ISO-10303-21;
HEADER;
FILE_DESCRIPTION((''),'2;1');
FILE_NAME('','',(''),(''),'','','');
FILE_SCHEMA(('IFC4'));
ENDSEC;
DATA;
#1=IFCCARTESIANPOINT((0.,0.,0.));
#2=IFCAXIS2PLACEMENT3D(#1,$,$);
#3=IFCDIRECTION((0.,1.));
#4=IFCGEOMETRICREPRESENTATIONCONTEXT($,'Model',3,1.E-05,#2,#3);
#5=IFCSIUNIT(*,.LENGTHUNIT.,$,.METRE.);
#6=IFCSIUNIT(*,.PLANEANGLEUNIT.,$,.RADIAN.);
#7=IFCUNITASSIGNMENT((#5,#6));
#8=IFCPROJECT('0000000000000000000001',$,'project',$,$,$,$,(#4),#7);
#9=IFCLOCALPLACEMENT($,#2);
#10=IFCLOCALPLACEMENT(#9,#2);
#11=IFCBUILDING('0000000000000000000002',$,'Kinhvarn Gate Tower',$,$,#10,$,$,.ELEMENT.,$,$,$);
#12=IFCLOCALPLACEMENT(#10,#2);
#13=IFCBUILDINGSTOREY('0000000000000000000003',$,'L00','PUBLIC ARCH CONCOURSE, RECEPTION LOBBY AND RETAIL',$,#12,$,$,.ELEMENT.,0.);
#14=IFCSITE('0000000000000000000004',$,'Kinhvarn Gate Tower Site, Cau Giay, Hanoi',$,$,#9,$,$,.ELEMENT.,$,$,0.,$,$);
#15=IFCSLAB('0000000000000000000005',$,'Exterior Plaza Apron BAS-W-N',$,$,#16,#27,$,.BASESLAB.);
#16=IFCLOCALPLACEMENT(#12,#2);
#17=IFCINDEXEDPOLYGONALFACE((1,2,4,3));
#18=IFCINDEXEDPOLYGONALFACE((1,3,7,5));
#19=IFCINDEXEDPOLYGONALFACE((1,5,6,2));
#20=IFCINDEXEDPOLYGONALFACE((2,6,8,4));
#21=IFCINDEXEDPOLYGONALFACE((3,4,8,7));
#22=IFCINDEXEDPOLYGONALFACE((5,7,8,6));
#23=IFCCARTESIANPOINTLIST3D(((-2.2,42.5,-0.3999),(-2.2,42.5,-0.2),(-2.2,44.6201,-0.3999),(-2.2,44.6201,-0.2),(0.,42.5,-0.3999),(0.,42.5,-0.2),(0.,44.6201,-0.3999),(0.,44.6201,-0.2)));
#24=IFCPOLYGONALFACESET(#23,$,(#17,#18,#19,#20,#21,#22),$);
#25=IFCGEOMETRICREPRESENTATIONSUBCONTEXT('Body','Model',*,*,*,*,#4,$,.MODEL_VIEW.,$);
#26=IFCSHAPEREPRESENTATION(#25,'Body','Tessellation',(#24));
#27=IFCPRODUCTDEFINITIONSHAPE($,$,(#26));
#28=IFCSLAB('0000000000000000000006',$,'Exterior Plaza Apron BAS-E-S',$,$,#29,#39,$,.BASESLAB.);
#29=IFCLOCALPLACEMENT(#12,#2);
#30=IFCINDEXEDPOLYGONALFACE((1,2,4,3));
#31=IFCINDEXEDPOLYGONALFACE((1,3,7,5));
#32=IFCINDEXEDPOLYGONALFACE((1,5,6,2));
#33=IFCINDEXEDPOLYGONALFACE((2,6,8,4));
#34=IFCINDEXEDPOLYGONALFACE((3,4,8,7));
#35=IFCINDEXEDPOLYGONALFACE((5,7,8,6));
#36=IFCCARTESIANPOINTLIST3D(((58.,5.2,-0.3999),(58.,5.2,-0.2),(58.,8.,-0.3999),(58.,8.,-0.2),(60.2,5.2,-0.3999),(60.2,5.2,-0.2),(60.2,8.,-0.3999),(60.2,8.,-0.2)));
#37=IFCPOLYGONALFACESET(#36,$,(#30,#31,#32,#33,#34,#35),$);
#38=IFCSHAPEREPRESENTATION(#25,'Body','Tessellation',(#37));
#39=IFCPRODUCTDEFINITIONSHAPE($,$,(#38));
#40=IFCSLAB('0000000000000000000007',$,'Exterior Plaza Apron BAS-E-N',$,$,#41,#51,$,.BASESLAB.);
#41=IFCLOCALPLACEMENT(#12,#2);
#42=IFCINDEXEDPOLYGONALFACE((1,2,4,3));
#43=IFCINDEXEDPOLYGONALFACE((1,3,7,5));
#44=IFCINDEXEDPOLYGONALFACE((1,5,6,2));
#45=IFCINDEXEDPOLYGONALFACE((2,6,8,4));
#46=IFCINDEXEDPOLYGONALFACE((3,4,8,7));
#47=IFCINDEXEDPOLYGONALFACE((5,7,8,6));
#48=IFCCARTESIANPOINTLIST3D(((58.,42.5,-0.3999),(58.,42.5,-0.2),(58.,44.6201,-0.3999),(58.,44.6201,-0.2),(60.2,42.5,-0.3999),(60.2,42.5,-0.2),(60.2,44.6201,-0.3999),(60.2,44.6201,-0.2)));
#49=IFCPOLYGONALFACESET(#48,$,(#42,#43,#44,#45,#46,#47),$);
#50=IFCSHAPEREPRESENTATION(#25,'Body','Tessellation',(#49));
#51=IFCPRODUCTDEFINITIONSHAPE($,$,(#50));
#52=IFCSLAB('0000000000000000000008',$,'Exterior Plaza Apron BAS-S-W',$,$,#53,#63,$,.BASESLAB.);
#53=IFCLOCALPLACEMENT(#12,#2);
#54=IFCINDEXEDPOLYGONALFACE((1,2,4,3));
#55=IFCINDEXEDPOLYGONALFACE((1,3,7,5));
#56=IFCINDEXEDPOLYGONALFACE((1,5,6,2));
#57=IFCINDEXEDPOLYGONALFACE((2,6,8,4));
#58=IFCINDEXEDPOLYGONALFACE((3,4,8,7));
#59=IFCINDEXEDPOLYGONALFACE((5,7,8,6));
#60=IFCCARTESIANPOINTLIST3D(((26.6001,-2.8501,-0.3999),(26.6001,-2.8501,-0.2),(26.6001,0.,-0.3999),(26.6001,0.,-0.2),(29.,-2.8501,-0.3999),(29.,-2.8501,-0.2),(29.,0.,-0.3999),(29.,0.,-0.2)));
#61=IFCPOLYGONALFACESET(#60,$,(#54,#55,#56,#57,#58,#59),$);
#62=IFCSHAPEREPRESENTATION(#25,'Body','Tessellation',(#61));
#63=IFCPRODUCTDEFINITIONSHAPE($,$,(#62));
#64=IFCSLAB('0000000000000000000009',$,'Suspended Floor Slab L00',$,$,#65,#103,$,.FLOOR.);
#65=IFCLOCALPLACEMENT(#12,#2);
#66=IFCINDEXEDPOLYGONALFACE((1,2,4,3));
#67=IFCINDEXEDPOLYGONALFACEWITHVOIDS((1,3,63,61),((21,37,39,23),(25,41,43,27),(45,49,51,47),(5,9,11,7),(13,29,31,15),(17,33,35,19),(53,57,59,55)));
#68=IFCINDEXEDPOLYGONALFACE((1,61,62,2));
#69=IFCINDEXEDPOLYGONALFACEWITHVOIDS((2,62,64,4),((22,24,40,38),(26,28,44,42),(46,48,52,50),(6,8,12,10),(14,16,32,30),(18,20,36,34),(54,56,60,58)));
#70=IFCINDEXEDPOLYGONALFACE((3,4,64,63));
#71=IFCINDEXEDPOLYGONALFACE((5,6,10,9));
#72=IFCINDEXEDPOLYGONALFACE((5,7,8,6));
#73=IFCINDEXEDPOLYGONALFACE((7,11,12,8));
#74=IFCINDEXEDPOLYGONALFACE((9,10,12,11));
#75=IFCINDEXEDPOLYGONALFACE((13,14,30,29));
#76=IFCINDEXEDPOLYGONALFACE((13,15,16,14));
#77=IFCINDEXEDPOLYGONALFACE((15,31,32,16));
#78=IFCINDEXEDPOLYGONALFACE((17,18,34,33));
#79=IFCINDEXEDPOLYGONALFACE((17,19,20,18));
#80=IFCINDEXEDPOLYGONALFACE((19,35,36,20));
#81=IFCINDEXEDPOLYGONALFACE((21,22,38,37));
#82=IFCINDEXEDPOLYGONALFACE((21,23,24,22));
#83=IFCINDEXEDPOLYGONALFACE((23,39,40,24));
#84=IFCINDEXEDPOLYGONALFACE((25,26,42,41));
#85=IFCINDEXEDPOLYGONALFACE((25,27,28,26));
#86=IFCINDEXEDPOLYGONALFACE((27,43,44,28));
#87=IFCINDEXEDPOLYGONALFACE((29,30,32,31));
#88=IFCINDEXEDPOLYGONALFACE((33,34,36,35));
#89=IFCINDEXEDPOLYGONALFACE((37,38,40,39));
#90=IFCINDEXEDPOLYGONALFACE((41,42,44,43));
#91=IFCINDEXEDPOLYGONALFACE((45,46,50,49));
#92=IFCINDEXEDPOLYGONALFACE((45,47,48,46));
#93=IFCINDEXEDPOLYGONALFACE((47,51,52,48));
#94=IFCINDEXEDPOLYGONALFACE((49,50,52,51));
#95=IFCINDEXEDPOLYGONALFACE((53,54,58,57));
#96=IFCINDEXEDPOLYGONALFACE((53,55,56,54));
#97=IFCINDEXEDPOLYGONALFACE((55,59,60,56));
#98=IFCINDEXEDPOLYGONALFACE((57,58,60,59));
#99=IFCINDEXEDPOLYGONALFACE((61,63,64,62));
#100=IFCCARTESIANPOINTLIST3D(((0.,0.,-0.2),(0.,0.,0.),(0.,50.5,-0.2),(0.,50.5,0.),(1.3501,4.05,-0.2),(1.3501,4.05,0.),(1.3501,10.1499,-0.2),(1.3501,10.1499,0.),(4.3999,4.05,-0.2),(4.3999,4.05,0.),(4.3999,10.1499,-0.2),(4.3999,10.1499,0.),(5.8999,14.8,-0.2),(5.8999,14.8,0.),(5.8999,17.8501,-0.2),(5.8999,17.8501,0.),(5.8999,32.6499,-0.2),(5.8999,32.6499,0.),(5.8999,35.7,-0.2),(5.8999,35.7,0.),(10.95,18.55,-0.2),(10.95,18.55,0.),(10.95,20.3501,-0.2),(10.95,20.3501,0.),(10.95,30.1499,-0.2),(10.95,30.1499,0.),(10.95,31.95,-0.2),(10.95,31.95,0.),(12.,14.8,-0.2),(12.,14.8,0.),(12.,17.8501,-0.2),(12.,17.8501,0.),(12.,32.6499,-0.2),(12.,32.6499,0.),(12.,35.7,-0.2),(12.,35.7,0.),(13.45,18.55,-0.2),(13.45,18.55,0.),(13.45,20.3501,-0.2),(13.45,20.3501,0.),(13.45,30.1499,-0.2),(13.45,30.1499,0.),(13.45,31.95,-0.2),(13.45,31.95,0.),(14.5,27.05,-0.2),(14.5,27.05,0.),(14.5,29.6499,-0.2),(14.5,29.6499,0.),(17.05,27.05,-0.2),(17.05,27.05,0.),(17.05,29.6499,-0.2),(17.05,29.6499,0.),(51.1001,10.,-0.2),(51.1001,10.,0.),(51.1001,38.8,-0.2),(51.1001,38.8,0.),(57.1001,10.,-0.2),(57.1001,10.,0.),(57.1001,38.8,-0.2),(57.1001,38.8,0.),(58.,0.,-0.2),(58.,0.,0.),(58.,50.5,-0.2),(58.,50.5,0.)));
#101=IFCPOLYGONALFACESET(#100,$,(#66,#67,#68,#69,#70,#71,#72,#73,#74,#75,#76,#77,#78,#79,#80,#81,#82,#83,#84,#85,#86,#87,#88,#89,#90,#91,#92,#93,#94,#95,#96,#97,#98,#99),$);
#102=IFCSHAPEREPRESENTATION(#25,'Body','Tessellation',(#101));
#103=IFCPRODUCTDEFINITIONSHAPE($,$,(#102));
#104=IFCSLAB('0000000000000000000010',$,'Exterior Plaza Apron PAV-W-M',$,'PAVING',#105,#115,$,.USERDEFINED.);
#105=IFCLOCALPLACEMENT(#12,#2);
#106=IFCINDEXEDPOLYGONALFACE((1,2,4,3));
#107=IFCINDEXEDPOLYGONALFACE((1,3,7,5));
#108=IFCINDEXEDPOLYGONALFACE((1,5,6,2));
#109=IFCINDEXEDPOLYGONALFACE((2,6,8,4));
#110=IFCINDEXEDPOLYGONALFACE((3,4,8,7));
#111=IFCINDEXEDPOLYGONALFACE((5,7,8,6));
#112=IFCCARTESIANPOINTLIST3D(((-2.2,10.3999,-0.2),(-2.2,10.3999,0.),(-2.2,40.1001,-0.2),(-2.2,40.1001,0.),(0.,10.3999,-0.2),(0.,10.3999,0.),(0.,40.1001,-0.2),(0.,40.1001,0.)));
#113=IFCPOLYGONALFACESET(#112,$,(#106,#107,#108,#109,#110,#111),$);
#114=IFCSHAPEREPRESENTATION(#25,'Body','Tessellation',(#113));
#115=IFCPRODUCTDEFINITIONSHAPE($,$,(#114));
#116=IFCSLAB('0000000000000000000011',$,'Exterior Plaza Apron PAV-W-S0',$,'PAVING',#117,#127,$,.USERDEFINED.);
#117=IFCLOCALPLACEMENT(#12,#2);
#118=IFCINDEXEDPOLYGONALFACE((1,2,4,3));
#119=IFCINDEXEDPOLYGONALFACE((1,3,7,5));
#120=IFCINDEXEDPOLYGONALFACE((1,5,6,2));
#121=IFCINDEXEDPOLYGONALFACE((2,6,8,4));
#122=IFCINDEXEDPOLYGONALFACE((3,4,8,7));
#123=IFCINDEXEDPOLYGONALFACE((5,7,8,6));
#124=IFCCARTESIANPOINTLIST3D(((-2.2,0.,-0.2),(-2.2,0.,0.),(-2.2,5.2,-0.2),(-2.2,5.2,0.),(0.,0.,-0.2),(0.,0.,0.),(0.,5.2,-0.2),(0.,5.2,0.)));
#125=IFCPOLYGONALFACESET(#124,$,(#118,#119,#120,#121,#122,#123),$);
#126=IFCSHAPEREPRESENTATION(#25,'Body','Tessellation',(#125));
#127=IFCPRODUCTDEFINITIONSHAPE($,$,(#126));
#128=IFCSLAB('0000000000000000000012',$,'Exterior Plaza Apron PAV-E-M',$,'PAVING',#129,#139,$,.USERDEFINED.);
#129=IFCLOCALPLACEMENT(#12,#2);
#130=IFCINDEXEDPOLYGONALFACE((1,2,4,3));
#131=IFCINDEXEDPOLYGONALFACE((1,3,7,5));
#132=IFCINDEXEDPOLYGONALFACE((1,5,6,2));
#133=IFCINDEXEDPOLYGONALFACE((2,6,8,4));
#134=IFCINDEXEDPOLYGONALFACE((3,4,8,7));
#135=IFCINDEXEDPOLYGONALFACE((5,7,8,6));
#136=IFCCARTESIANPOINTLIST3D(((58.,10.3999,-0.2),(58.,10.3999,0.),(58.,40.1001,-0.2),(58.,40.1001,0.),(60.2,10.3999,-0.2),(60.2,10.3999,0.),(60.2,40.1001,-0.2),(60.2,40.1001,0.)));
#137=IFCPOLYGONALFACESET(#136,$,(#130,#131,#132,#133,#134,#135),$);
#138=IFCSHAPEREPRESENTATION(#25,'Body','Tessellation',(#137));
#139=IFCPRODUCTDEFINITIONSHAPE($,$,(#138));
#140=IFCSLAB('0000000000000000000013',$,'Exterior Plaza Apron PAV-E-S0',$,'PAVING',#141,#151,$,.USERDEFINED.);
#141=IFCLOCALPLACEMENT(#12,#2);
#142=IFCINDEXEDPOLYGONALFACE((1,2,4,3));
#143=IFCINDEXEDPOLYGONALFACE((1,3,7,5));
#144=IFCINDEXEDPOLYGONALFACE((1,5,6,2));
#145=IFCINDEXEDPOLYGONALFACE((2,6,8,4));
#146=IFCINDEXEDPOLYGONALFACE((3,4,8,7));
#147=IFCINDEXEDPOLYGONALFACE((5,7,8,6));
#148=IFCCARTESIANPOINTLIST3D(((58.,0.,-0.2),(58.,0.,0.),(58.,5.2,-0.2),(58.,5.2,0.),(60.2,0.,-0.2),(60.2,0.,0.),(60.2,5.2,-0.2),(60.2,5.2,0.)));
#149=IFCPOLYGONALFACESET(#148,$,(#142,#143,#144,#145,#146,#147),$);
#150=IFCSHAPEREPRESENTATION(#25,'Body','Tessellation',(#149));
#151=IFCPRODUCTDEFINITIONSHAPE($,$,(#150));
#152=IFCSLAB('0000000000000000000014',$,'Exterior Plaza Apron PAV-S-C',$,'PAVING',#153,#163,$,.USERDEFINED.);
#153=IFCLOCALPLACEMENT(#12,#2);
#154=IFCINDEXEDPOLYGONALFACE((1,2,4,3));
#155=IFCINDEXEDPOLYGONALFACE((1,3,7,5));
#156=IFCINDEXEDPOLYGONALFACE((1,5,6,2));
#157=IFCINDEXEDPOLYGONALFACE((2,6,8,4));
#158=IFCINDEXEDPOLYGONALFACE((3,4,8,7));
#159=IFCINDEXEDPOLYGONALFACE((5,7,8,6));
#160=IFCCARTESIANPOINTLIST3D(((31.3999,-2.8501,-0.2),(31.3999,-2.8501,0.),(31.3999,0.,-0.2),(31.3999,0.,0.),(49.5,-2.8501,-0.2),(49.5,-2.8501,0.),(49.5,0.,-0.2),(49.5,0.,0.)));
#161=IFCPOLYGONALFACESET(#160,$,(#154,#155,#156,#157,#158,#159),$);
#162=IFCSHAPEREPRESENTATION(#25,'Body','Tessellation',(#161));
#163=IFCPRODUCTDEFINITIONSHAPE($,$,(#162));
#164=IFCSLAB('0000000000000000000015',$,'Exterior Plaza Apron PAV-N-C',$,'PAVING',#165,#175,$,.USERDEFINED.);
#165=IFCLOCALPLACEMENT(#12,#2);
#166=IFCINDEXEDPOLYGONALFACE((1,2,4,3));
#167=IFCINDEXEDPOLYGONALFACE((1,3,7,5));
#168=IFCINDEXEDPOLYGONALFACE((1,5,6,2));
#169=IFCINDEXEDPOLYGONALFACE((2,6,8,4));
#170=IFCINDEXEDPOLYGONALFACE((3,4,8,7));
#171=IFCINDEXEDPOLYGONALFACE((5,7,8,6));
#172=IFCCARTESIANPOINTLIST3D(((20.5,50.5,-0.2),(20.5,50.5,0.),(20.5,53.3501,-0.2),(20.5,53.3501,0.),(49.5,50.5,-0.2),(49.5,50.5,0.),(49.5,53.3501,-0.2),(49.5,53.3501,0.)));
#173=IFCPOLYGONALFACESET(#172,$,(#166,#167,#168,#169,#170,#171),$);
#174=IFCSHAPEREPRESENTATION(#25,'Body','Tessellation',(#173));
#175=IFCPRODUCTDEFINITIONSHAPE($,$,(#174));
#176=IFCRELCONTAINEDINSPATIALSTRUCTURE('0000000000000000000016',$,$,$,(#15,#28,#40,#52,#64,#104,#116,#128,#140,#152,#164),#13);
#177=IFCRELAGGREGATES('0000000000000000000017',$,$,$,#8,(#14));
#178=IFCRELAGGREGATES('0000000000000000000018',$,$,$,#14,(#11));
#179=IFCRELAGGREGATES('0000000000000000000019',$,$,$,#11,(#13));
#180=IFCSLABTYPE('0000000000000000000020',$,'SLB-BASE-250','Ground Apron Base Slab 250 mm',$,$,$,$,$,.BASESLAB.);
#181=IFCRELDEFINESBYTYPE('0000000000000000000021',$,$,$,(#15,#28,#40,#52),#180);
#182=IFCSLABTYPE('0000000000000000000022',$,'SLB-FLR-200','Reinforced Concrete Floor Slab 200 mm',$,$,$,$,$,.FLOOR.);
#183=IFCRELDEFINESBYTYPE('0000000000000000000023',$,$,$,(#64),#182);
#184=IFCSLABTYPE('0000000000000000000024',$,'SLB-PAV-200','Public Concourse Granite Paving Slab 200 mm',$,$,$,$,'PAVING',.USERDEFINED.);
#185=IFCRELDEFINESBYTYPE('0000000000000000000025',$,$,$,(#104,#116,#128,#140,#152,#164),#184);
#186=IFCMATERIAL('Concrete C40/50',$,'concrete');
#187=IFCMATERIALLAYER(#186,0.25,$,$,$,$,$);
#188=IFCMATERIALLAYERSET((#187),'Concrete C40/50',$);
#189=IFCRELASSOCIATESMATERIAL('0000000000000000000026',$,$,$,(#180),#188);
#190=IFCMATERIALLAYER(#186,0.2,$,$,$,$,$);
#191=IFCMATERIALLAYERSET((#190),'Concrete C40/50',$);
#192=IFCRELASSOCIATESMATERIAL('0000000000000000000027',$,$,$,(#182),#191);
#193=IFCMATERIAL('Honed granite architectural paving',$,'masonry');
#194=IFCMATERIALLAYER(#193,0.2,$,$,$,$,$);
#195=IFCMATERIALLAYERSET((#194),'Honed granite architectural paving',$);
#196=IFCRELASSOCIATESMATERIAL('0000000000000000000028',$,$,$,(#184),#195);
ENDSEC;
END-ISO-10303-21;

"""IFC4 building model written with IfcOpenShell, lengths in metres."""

from ifc_helpers import new_model, si_unit, direction, frame, origin, place, context, subcontext, project, spatial, polyline, outline, extrude, material, layer, layer_set, type_object, element, save


model = new_model("IFC4")

# Units and contexts
model_context = context("Model", 3, precision=1e-05, world=origin(), true_north=direction((0.0, 1.0)))
body_context = subcontext(model_context, "Body", "Model", "MODEL_VIEW")
ifc_project = project(units=[si_unit("LENGTHUNIT", "METRE"), si_unit("PLANEANGLEUNIT", "RADIAN")], contexts=[model_context])

# Site, building, storey
site_placement = place(None, origin())
site = spatial("IfcSite", under=ifc_project, at=site_placement, Name="Kinhvarn Gate Tower Site, Cau Giay, Hanoi", CompositionType="ELEMENT", RefElevation=0.0)
building_placement = place(site_placement, origin())
building = spatial("IfcBuilding", under=site, at=building_placement, Name="Kinhvarn Gate Tower", CompositionType="ELEMENT")
storey_placement = place(building_placement, origin())
storey = spatial("IfcBuildingStorey", under=building, at=storey_placement, Name="L00", Description="PUBLIC ARCH CONCOURSE, RECEPTION LOBBY AND RETAIL", CompositionType="ELEMENT", Elevation=0.0)

# Slabs
ifc_material_1 = material(Name="Concrete C40/50", Category="concrete")
ifc_layer_1 = layer(ifc_material_1, 0.25)
ifc_layer_set_1 = layer_set([ifc_layer_1], Name="Concrete C40/50")
slab_type_1 = type_object("IfcSlabType", Name="SLB-BASE-250", Description="Ground Apron Base Slab 250 mm", PredefinedType="BASESLAB", material=ifc_layer_set_1)
slab_1_placement = place(storey_placement, frame((0.0, 0.0, -0.3999)))
element("IfcSlab", 1, at=slab_1_placement, inside=storey, type_object=slab_type_1, Name="Exterior Plaza Apron BAS-W-N", PredefinedType="BASESLAB", context=body_context, shape_type="SweptSolid", body=[
    extrude(outline(polyline([(-2.2, 42.5), (0.0, 42.5), (0.0, 44.6201), (-2.2, 44.6201), (-2.2, 42.5)])), origin(), (0.0, 0.0, 1.0), 0.2),
])
slab_2_placement = place(storey_placement, frame((0.0, 0.0, -0.3999)))
element("IfcSlab", 2, at=slab_2_placement, inside=storey, type_object=slab_type_1, Name="Exterior Plaza Apron BAS-E-S", PredefinedType="BASESLAB", context=body_context, shape_type="SweptSolid", body=[
    extrude(outline(polyline([(58.0, 5.2), (60.2, 5.2), (60.2, 8.0), (58.0, 8.0), (58.0, 5.2)])), origin(), (0.0, 0.0, 1.0), 0.2),
])
slab_3_placement = place(storey_placement, frame((0.0, 0.0, -0.3999)))
element("IfcSlab", 3, at=slab_3_placement, inside=storey, type_object=slab_type_1, Name="Exterior Plaza Apron BAS-E-N", PredefinedType="BASESLAB", context=body_context, shape_type="SweptSolid", body=[
    extrude(outline(polyline([(58.0, 42.5), (60.2, 42.5), (60.2, 44.6201), (58.0, 44.6201), (58.0, 42.5)])), origin(), (0.0, 0.0, 1.0), 0.2),
])
slab_4_placement = place(storey_placement, frame((0.0, 0.0, -0.3999)))
element("IfcSlab", 4, at=slab_4_placement, inside=storey, type_object=slab_type_1, Name="Exterior Plaza Apron BAS-S-W", PredefinedType="BASESLAB", context=body_context, shape_type="SweptSolid", body=[
    extrude(outline(polyline([(26.6001, -2.8501), (29.0, -2.8501), (29.0, 0.0), (26.6001, 0.0), (26.6001, -2.8501)])), origin(), (0.0, 0.0, 1.0), 0.2),
])
ifc_layer_2 = layer(ifc_material_1, 0.2)
ifc_layer_set_2 = layer_set([ifc_layer_2], Name="Concrete C40/50")
slab_type_2 = type_object("IfcSlabType", Name="SLB-FLR-200", Description="Reinforced Concrete Floor Slab 200 mm", PredefinedType="FLOOR", material=ifc_layer_set_2)
slab_5_placement = place(storey_placement, frame((0.0, 0.0, -0.2)))
element("IfcSlab", 5, at=slab_5_placement, inside=storey, type_object=slab_type_2, Name="Suspended Floor Slab L00", PredefinedType="FLOOR", context=body_context, shape_type="SweptSolid", body=[
    extrude(outline(polyline([(0.0, 0.0), (58.0, 0.0), (58.0, 50.5), (0.0, 50.5), (0.0, 0.0)]), holes=[polyline([(5.8999, 14.8), (12.0, 14.8), (12.0, 17.8501), (5.8999, 17.8501), (5.8999, 14.8)]), polyline([(5.8999, 32.6499), (12.0, 32.6499), (12.0, 35.7), (5.8999, 35.7), (5.8999, 32.6499)]), polyline([(1.3501, 4.05), (4.3999, 4.05), (4.3999, 10.1499), (1.3501, 10.1499), (1.3501, 4.05)]), polyline([(14.5, 27.05), (17.05, 27.05), (17.05, 29.6499), (14.5, 29.6499), (14.5, 27.05)]), polyline([(10.95, 18.55), (13.45, 18.55), (13.45, 20.3501), (10.95, 20.3501), (10.95, 18.55)]), polyline([(10.95, 30.1499), (13.45, 30.1499), (13.45, 31.95), (10.95, 31.95), (10.95, 30.1499)]), polyline([(51.1001, 10.0), (57.1001, 10.0), (57.1001, 38.8), (51.1001, 38.8), (51.1001, 10.0)])]), origin(), (0.0, 0.0, 1.0), 0.2),
])
ifc_material_2 = material(Name="Honed granite architectural paving", Category="masonry")
ifc_layer_3 = layer(ifc_material_2, 0.2)
ifc_layer_set_3 = layer_set([ifc_layer_3], Name="Honed granite architectural paving")
slab_type_3 = type_object("IfcSlabType", Name="SLB-PAV-200", Description="Public Concourse Granite Paving Slab 200 mm", ElementType="PAVING", PredefinedType="USERDEFINED", material=ifc_layer_set_3)
slab_6_placement = place(storey_placement, frame((0.0, 0.0, -0.2)))
element("IfcSlab", 6, at=slab_6_placement, inside=storey, type_object=slab_type_3, Name="Exterior Plaza Apron PAV-W-M", ObjectType="PAVING", PredefinedType="USERDEFINED", context=body_context, shape_type="SweptSolid", body=[
    extrude(outline(polyline([(-2.2, 10.3999), (0.0, 10.3999), (0.0, 40.1001), (-2.2, 40.1001), (-2.2, 10.3999)])), origin(), (0.0, 0.0, 1.0), 0.2),
])
slab_7_placement = place(storey_placement, frame((0.0, 0.0, -0.2)))
element("IfcSlab", 7, at=slab_7_placement, inside=storey, type_object=slab_type_3, Name="Exterior Plaza Apron PAV-W-S0", ObjectType="PAVING", PredefinedType="USERDEFINED", context=body_context, shape_type="SweptSolid", body=[
    extrude(outline(polyline([(-2.2, 0.0), (0.0, 0.0), (0.0, 5.2), (-2.2, 5.2), (-2.2, 0.0)])), origin(), (0.0, 0.0, 1.0), 0.2),
])
slab_8_placement = place(storey_placement, frame((0.0, 0.0, -0.2)))
element("IfcSlab", 8, at=slab_8_placement, inside=storey, type_object=slab_type_3, Name="Exterior Plaza Apron PAV-E-M", ObjectType="PAVING", PredefinedType="USERDEFINED", context=body_context, shape_type="SweptSolid", body=[
    extrude(outline(polyline([(58.0, 10.3999), (60.2, 10.3999), (60.2, 40.1001), (58.0, 40.1001), (58.0, 10.3999)])), origin(), (0.0, 0.0, 1.0), 0.2),
])
slab_9_placement = place(storey_placement, frame((0.0, 0.0, -0.2)))
element("IfcSlab", 9, at=slab_9_placement, inside=storey, type_object=slab_type_3, Name="Exterior Plaza Apron PAV-E-S0", ObjectType="PAVING", PredefinedType="USERDEFINED", context=body_context, shape_type="SweptSolid", body=[
    extrude(outline(polyline([(58.0, 0.0), (60.2, 0.0), (60.2, 5.2), (58.0, 5.2), (58.0, 0.0)])), origin(), (0.0, 0.0, 1.0), 0.2),
])
slab_10_placement = place(storey_placement, frame((0.0, 0.0, -0.2)))
element("IfcSlab", 10, at=slab_10_placement, inside=storey, type_object=slab_type_3, Name="Exterior Plaza Apron PAV-S-C", ObjectType="PAVING", PredefinedType="USERDEFINED", context=body_context, shape_type="SweptSolid", body=[
    extrude(outline(polyline([(31.3999, -2.8501), (49.5, -2.8501), (49.5, 0.0), (31.3999, 0.0), (31.3999, -2.8501)])), origin(), (0.0, 0.0, 1.0), 0.2),
])
slab_11_placement = place(storey_placement, frame((0.0, 0.0, -0.2)))
element("IfcSlab", 11, at=slab_11_placement, inside=storey, type_object=slab_type_3, Name="Exterior Plaza Apron PAV-N-C", ObjectType="PAVING", PredefinedType="USERDEFINED", context=body_context, shape_type="SweptSolid", body=[
    extrude(outline(polyline([(20.5, 50.5), (49.5, 50.5), (49.5, 53.3501), (20.5, 53.3501), (20.5, 50.5)])), origin(), (0.0, 0.0, 1.0), 0.2),
])

save(model, "model.ifc")
